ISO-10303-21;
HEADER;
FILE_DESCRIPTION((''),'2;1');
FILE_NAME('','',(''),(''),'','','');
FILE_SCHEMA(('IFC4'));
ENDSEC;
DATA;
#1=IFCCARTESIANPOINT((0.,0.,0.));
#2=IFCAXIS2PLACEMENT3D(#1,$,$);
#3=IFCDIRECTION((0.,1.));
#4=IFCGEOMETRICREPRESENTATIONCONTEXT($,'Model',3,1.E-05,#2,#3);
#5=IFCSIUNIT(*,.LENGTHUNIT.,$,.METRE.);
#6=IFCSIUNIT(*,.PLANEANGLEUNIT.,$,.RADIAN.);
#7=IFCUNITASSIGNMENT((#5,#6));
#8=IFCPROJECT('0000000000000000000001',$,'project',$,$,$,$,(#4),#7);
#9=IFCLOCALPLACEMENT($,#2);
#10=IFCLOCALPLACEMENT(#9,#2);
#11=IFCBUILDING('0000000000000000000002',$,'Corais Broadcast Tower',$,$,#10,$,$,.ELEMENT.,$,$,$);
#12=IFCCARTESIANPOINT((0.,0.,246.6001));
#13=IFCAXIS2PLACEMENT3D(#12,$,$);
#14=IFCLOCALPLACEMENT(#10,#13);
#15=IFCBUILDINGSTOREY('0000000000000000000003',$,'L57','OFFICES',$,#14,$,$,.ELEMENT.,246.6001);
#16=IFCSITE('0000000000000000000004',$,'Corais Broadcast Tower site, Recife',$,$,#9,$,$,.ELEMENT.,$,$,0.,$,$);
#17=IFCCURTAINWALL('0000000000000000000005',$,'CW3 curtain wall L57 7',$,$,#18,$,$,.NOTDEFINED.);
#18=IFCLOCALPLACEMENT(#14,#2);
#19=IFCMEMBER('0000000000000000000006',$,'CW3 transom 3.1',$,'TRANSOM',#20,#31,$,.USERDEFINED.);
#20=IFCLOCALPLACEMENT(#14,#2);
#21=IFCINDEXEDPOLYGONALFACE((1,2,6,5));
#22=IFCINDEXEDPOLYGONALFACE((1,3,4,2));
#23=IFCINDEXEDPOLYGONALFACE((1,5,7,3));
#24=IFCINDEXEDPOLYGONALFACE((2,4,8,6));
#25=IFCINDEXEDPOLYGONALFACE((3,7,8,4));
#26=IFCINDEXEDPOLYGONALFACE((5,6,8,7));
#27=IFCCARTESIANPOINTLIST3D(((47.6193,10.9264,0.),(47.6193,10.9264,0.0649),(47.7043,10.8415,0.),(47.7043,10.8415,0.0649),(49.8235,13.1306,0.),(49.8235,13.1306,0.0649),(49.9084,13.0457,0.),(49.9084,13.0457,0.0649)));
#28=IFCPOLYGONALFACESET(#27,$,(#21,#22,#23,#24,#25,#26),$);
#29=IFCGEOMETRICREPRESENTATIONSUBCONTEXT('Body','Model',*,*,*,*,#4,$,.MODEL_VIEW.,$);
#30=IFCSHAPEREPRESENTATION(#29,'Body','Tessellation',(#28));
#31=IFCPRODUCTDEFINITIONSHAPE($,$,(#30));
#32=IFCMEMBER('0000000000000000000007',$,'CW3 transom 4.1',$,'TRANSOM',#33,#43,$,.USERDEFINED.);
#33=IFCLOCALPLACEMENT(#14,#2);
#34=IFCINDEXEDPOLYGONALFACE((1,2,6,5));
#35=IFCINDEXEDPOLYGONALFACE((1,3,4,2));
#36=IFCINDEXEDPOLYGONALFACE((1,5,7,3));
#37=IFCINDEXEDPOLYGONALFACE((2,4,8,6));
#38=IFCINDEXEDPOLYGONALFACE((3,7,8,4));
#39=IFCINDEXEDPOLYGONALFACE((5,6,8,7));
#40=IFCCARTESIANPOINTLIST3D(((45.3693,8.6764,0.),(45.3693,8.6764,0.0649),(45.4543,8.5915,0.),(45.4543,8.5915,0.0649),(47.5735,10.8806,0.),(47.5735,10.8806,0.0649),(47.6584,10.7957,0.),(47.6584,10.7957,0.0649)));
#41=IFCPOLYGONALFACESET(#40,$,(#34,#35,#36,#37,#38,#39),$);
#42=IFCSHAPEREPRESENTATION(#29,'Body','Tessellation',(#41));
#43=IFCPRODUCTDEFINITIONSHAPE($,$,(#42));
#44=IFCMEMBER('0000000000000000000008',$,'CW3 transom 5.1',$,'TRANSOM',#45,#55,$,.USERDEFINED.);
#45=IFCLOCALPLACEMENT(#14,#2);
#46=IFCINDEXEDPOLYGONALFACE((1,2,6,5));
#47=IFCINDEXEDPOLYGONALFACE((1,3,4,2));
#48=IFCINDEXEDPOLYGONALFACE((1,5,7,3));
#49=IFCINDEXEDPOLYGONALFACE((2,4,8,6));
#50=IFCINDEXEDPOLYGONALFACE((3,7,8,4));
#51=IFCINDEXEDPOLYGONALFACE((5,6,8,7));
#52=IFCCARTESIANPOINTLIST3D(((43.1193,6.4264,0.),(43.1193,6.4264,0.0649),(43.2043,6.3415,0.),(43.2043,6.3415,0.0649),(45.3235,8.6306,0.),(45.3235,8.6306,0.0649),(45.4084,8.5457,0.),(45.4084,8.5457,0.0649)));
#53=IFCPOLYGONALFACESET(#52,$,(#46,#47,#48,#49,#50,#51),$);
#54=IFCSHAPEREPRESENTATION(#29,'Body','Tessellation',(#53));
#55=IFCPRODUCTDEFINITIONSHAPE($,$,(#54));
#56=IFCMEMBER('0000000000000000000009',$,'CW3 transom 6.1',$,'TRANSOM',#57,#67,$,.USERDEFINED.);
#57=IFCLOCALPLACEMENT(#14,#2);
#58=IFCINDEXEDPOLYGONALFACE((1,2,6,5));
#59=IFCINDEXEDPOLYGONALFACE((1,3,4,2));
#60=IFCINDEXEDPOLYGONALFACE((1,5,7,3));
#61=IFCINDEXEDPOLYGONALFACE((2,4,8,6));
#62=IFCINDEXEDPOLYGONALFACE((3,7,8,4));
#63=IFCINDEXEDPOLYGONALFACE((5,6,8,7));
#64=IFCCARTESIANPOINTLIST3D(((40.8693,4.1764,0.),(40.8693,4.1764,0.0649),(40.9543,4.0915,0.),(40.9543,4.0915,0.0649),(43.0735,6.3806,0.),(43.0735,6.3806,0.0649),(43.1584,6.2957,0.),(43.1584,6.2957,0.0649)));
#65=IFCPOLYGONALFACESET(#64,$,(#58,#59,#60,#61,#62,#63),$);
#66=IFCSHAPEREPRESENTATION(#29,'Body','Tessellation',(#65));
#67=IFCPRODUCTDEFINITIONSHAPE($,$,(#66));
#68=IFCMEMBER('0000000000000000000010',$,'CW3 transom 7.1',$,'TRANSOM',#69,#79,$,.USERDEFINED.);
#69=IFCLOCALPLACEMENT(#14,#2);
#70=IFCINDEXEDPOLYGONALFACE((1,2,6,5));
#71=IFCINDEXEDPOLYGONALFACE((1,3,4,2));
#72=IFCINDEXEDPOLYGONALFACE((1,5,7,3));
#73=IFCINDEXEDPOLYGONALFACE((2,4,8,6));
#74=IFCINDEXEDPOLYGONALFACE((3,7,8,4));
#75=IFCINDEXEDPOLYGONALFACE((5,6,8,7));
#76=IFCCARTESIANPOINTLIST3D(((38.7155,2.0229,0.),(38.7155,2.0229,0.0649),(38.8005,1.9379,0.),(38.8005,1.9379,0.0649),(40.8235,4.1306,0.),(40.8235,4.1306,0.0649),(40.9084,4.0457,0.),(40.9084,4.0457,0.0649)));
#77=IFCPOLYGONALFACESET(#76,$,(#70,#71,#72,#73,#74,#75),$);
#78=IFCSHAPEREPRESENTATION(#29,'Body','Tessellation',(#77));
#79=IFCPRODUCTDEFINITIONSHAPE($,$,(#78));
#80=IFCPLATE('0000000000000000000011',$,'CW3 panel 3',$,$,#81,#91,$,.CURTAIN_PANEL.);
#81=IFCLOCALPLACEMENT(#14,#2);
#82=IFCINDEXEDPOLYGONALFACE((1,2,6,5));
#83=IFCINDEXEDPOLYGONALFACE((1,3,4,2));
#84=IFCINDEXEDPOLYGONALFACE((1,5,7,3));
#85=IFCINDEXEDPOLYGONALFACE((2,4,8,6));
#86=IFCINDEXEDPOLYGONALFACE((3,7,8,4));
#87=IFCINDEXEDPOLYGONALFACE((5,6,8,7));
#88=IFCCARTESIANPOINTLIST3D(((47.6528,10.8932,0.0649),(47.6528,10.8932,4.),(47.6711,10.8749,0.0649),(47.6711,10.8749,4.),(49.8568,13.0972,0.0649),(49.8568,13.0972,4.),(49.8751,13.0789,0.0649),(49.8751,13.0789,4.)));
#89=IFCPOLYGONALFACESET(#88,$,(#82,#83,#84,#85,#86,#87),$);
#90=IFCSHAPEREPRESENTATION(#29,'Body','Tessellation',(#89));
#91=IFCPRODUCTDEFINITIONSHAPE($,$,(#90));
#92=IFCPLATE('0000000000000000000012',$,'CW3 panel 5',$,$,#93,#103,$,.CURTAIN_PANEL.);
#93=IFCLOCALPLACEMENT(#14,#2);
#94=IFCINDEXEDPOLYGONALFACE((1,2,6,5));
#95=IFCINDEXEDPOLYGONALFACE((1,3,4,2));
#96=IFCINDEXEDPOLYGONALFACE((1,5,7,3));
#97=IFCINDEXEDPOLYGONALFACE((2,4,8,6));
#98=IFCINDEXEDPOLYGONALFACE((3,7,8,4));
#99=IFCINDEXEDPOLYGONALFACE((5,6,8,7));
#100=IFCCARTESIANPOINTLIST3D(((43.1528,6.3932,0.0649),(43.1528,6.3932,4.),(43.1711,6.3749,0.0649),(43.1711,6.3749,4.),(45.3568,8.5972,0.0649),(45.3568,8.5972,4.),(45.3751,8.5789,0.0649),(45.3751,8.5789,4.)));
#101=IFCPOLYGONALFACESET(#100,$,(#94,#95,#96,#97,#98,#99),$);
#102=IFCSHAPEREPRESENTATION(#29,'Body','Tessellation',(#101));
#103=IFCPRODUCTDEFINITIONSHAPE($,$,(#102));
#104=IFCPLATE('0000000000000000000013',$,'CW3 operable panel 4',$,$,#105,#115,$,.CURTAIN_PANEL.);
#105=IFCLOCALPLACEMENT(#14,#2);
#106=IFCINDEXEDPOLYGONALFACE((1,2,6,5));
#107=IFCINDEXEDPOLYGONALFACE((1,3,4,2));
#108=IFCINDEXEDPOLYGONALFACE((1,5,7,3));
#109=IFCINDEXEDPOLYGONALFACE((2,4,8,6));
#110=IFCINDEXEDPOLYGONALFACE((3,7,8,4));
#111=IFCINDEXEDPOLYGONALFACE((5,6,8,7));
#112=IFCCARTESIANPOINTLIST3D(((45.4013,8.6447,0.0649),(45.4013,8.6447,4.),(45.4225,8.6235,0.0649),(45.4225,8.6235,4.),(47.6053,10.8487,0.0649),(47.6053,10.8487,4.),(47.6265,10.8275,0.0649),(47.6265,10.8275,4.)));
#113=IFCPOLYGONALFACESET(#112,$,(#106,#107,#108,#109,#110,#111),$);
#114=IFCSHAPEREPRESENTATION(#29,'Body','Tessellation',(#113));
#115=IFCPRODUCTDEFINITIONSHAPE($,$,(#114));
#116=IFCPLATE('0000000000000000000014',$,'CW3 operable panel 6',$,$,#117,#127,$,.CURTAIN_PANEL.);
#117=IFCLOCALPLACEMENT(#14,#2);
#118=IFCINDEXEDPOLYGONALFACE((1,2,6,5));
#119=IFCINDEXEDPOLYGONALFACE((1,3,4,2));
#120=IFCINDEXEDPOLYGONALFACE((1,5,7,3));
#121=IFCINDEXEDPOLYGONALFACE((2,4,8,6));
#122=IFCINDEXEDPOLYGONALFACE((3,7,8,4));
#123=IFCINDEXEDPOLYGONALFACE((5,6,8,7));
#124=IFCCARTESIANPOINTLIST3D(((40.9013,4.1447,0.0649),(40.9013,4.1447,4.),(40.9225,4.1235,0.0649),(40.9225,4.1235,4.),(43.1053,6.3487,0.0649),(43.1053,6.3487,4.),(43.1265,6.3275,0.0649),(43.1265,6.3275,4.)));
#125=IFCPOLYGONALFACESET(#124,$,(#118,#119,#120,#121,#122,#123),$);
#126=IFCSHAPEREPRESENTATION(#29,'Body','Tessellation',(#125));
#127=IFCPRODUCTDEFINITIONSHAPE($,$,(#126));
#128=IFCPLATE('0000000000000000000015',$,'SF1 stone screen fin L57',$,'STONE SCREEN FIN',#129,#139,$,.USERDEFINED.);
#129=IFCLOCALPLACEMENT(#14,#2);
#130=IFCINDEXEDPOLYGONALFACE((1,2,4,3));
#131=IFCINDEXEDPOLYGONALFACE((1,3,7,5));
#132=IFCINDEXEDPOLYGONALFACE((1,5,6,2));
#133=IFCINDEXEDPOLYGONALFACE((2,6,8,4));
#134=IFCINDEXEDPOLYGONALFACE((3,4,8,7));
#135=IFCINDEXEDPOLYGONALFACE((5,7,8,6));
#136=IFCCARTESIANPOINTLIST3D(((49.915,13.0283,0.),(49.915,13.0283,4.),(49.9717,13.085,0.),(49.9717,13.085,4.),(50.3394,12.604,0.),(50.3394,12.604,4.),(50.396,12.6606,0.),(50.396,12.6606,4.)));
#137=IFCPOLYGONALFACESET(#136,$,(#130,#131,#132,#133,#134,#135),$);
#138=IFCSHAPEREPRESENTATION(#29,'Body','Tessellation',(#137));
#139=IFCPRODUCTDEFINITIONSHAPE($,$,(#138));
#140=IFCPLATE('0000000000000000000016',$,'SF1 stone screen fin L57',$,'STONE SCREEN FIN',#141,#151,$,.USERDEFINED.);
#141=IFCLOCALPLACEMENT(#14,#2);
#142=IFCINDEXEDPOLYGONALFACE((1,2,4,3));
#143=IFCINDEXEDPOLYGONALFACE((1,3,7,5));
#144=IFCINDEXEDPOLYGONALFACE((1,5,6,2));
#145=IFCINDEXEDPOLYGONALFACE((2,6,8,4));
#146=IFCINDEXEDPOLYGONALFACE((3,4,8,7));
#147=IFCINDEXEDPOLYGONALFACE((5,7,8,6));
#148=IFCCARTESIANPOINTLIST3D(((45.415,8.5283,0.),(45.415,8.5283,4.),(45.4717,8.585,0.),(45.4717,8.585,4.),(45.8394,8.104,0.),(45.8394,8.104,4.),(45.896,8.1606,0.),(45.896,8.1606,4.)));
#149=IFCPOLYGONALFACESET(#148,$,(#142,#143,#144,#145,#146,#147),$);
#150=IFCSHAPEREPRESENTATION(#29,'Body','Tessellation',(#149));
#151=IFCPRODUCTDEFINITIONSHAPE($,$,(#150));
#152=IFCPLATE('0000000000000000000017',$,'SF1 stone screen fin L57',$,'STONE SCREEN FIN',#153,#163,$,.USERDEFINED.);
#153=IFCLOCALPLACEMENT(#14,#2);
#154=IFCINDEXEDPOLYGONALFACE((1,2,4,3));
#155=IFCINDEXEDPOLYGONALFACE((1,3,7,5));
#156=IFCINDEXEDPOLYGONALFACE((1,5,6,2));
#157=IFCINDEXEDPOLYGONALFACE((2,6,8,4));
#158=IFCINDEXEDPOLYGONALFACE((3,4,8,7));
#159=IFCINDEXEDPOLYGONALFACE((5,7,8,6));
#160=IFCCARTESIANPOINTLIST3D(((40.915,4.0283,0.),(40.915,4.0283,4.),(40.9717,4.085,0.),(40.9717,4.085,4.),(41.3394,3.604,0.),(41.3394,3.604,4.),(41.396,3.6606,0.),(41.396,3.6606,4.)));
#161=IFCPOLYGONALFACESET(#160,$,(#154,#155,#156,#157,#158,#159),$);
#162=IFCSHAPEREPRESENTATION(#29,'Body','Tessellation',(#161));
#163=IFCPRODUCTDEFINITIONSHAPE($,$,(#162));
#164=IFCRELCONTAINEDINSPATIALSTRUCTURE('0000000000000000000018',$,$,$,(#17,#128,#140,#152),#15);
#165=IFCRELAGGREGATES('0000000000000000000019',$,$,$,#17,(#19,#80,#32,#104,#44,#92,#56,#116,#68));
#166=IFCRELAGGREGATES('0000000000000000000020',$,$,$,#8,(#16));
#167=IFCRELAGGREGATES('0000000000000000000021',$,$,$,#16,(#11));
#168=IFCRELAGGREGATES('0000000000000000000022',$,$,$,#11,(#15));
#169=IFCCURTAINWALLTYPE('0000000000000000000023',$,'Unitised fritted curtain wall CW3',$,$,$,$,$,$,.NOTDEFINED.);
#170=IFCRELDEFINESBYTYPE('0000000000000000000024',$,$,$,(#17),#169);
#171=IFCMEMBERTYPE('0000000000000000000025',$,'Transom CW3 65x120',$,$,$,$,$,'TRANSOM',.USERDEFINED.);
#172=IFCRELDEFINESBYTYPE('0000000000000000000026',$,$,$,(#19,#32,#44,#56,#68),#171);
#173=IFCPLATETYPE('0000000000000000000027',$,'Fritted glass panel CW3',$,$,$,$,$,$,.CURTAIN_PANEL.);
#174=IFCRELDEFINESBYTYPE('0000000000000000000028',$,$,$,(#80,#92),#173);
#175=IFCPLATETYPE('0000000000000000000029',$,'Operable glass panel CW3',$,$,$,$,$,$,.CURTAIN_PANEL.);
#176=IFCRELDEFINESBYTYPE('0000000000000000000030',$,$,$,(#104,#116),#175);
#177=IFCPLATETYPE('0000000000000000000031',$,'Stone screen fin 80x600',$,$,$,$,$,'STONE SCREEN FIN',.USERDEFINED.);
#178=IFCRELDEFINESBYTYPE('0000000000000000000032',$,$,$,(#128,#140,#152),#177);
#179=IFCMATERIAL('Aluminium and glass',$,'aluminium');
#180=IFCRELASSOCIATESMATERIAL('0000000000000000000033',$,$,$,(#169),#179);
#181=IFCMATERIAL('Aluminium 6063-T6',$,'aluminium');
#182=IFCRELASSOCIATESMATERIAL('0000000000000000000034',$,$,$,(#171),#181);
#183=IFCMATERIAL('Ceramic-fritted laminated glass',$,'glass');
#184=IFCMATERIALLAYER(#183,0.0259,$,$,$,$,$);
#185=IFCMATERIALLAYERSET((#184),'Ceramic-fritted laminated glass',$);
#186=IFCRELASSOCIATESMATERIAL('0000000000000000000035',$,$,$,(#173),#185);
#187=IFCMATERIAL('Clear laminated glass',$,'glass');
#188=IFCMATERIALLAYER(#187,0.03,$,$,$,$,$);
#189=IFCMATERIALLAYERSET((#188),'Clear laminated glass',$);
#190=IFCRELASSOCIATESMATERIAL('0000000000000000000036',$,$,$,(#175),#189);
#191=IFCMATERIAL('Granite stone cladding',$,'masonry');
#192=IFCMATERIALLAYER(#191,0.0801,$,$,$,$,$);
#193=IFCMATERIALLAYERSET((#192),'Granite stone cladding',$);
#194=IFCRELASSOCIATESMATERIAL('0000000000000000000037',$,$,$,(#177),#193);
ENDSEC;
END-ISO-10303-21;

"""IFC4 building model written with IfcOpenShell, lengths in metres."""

from ifc_helpers import new_model, si_unit, direction, frame, origin, origin_2d, place, context, subcontext, project, spatial, rectangle, extrude, material, layer, layer_set, material_profile, profile_set, type_object, element, aggregate, save


model = new_model("IFC4")

# Units and contexts
model_context = context("Model", 3, precision=1e-05, world=origin(), true_north=direction((0.0, 1.0)))
body_context = subcontext(model_context, "Body", "Model", "MODEL_VIEW")
ifc_project = project(units=[si_unit("LENGTHUNIT", "METRE"), si_unit("PLANEANGLEUNIT", "RADIAN")], contexts=[model_context])

# Site, building, storey
site_placement = place(None, origin())
site = spatial("IfcSite", under=ifc_project, at=site_placement, Name="Corais Broadcast Tower site, Recife", CompositionType="ELEMENT", RefElevation=0.0)
building_placement = place(site_placement, origin())
building = spatial("IfcBuilding", under=site, at=building_placement, Name="Corais Broadcast Tower", CompositionType="ELEMENT")
storey_placement = place(building_placement, frame((0.0, 0.0, 246.6001)))
storey = spatial("IfcBuildingStorey", under=building, at=storey_placement, Name="L57", Description="OFFICES", CompositionType="ELEMENT", Elevation=246.6001)

# Curtain wall
ifc_material_1 = material(Name="Aluminium and glass", Category="aluminium")
curtain_wall_type = type_object("IfcCurtainWallType", Name="Unitised fritted curtain wall CW3", PredefinedType="NOTDEFINED", material=ifc_material_1)
curtain_wall_placement = place(storey_placement, origin())
curtain_wall = element("IfcCurtainWall", 1, at=curtain_wall_placement, inside=storey, type_object=curtain_wall_type, Name="CW3 curtain wall L57 7", PredefinedType="NOTDEFINED")

# Members
ifc_material_2 = material(Name="Aluminium 6063-T6", Category="aluminium")
ifc_material_profile_1 = material_profile(ifc_material_2, rectangle(XDim=0.1201, YDim=0.0649, at=origin_2d()), Name="Transom CW3 65x120")
ifc_profile_set_1 = profile_set([ifc_material_profile_1], Name="Aluminium 6063-T6")
member_type_1 = type_object("IfcMemberType", Name="Transom CW3 65x120", ElementType="TRANSOM", PredefinedType="USERDEFINED", material=ifc_profile_set_1)
member_1_placement = place(storey_placement, frame((49.866, 13.0881, 0.0325), z_axis=(-0.707107, -0.707107, 0.0), x_axis=(0.707107, -0.707107, 0.0)))
member_1 = element("IfcMember", 2, at=member_1_placement, type_object=member_type_1, Name="CW3 transom 3.1", ObjectType="TRANSOM", PredefinedType="USERDEFINED", context=body_context, shape_type="SweptSolid", body=[
    extrude(rectangle(XDim=0.1201, YDim=0.0649, at=origin_2d()), origin(), (0.0, 0.0, 1.0), 3.1172),
])
member_2_placement = place(storey_placement, frame((47.616, 10.8381, 0.0325), z_axis=(-0.707107, -0.707107, 0.0), x_axis=(0.707107, -0.707107, 0.0)))
member_2 = element("IfcMember", 3, at=member_2_placement, type_object=member_type_1, Name="CW3 transom 4.1", ObjectType="TRANSOM", PredefinedType="USERDEFINED", context=body_context, shape_type="SweptSolid", body=[
    extrude(rectangle(XDim=0.1201, YDim=0.0649, at=origin_2d()), origin(), (0.0, 0.0, 1.0), 3.1172),
])
member_3_placement = place(storey_placement, frame((45.366, 8.5881, 0.0325), z_axis=(-0.707107, -0.707107, 0.0), x_axis=(0.707107, -0.707107, 0.0)))
member_3 = element("IfcMember", 4, at=member_3_placement, type_object=member_type_1, Name="CW3 transom 5.1", ObjectType="TRANSOM", PredefinedType="USERDEFINED", context=body_context, shape_type="SweptSolid", body=[
    extrude(rectangle(XDim=0.1201, YDim=0.0649, at=origin_2d()), origin(), (0.0, 0.0, 1.0), 3.1172),
])
member_4_placement = place(storey_placement, frame((43.116, 6.3381, 0.0325), z_axis=(-0.707107, -0.707107, 0.0), x_axis=(0.707107, -0.707107, 0.0)))
member_4 = element("IfcMember", 5, at=member_4_placement, type_object=member_type_1, Name="CW3 transom 6.1", ObjectType="TRANSOM", PredefinedType="USERDEFINED", context=body_context, shape_type="SweptSolid", body=[
    extrude(rectangle(XDim=0.1201, YDim=0.0649, at=origin_2d()), origin(), (0.0, 0.0, 1.0), 3.1172),
])
member_5_placement = place(storey_placement, frame((40.866, 4.0881, 0.0325), z_axis=(-0.707148, -0.707066, 0.0), x_axis=(0.707066, -0.707148, 0.0)))
member_5 = element("IfcMember", 6, at=member_5_placement, type_object=member_type_1, Name="CW3 transom 7.1", ObjectType="TRANSOM", PredefinedType="USERDEFINED", context=body_context, shape_type="SweptSolid", body=[
    extrude(rectangle(XDim=0.1201, YDim=0.0649, at=origin_2d()), origin(), (0.0, 0.0, 1.0), 2.981),
])

# Plates
ifc_material_3 = material(Name="Ceramic-fritted laminated glass", Category="glass")
ifc_layer_1 = layer(ifc_material_3, 0.0259)
ifc_layer_set_1 = layer_set([ifc_layer_1], Name="Ceramic-fritted laminated glass")
plate_type_1 = type_object("IfcPlateType", Name="Fritted glass panel CW3", PredefinedType="CURTAIN_PANEL", material=ifc_layer_set_1)
plate_1_placement = place(storey_placement, frame((48.7639, 11.9861, 0.0649), z_axis=(0.0, 0.0, 1.0), x_axis=(-0.707107, -0.707107, 0.0)))
plate_1 = element("IfcPlate", 7, at=plate_1_placement, type_object=plate_type_1, Name="CW3 panel 3", PredefinedType="CURTAIN_PANEL", context=body_context, shape_type="SweptSolid", body=[
    extrude(rectangle(XDim=3.1169, YDim=0.0259, at=origin_2d()), origin(), (0.0, 0.0, 1.0), 3.9351),
])
plate_2_placement = place(storey_placement, frame((44.2639, 7.4861, 0.0649), z_axis=(0.0, 0.0, 1.0), x_axis=(-0.707107, -0.707107, 0.0)))
plate_2 = element("IfcPlate", 8, at=plate_2_placement, type_object=plate_type_1, Name="CW3 panel 5", PredefinedType="CURTAIN_PANEL", context=body_context, shape_type="SweptSolid", body=[
    extrude(rectangle(XDim=3.1169, YDim=0.0259, at=origin_2d()), origin(), (0.0, 0.0, 1.0), 3.9351),
])
ifc_material_4 = material(Name="Clear laminated glass", Category="glass")
ifc_layer_2 = layer(ifc_material_4, 0.03)
ifc_layer_set_2 = layer_set([ifc_layer_2], Name="Clear laminated glass")
plate_type_2 = type_object("IfcPlateType", Name="Operable glass panel CW3", PredefinedType="CURTAIN_PANEL", material=ifc_layer_set_2)
plate_3_placement = place(storey_placement, frame((46.5139, 9.7361, 0.0649), z_axis=(0.0, 0.0, 1.0), x_axis=(-0.707107, -0.707107, 0.0)))
plate_3 = element("IfcPlate", 9, at=plate_3_placement, type_object=plate_type_2, Name="CW3 operable panel 4", PredefinedType="CURTAIN_PANEL", context=body_context, shape_type="SweptSolid", body=[
    extrude(rectangle(XDim=3.1169, YDim=0.03, at=origin_2d()), origin(), (0.0, 0.0, 1.0), 3.9351),
])
plate_4_placement = place(storey_placement, frame((42.0139, 5.2361, 0.0649), z_axis=(0.0, 0.0, 1.0), x_axis=(-0.707107, -0.707107, 0.0)))
plate_4 = element("IfcPlate", 10, at=plate_4_placement, type_object=plate_type_2, Name="CW3 operable panel 6", PredefinedType="CURTAIN_PANEL", context=body_context, shape_type="SweptSolid", body=[
    extrude(rectangle(XDim=3.1169, YDim=0.03, at=origin_2d()), origin(), (0.0, 0.0, 1.0), 3.9351),
])
aggregate(curtain_wall, [member_1, plate_1, member_2, plate_3, member_3, plate_2, member_4, plate_4, member_5])

# Plates
ifc_material_5 = material(Name="Granite stone cladding", Category="masonry")
ifc_layer_3 = layer(ifc_material_5, 0.0801)
ifc_layer_set_3 = layer_set([ifc_layer_3], Name="Granite stone cladding")
plate_type_3 = type_object("IfcPlateType", Name="Stone screen fin 80x600", ElementType="STONE SCREEN FIN", PredefinedType="USERDEFINED", material=ifc_layer_set_3)
for number, where, z_axis, x_axis, name in (
    (11, (50.1555, 12.8445, 0.0), (0.0, 0.0, 1.0), (-0.707107, -0.707107, 0.0), "SF1 stone screen fin L57"),
    (12, (45.6555, 8.3445, 0.0), (0.0, 0.0, 1.0), (-0.707107, -0.707107, 0.0), "SF1 stone screen fin L57"),
    (13, (41.1555, 3.8445, 0.0), (0.0, 0.0, 1.0), (-0.707107, -0.707107, 0.0), "SF1 stone screen fin L57"),
):
    element("IfcPlate", number, at=place(storey_placement, frame(where, z_axis=z_axis, x_axis=x_axis)), inside=storey, type_object=plate_type_3, Name=name, ObjectType="STONE SCREEN FIN", PredefinedType="USERDEFINED", context=body_context, shape_type="SweptSolid", body=[
        extrude(rectangle(XDim=0.0801, YDim=0.6001, at=origin_2d()), origin(), (0.0, 0.0, 1.0), 4.0),
    ])

save(model, "model.ifc")
